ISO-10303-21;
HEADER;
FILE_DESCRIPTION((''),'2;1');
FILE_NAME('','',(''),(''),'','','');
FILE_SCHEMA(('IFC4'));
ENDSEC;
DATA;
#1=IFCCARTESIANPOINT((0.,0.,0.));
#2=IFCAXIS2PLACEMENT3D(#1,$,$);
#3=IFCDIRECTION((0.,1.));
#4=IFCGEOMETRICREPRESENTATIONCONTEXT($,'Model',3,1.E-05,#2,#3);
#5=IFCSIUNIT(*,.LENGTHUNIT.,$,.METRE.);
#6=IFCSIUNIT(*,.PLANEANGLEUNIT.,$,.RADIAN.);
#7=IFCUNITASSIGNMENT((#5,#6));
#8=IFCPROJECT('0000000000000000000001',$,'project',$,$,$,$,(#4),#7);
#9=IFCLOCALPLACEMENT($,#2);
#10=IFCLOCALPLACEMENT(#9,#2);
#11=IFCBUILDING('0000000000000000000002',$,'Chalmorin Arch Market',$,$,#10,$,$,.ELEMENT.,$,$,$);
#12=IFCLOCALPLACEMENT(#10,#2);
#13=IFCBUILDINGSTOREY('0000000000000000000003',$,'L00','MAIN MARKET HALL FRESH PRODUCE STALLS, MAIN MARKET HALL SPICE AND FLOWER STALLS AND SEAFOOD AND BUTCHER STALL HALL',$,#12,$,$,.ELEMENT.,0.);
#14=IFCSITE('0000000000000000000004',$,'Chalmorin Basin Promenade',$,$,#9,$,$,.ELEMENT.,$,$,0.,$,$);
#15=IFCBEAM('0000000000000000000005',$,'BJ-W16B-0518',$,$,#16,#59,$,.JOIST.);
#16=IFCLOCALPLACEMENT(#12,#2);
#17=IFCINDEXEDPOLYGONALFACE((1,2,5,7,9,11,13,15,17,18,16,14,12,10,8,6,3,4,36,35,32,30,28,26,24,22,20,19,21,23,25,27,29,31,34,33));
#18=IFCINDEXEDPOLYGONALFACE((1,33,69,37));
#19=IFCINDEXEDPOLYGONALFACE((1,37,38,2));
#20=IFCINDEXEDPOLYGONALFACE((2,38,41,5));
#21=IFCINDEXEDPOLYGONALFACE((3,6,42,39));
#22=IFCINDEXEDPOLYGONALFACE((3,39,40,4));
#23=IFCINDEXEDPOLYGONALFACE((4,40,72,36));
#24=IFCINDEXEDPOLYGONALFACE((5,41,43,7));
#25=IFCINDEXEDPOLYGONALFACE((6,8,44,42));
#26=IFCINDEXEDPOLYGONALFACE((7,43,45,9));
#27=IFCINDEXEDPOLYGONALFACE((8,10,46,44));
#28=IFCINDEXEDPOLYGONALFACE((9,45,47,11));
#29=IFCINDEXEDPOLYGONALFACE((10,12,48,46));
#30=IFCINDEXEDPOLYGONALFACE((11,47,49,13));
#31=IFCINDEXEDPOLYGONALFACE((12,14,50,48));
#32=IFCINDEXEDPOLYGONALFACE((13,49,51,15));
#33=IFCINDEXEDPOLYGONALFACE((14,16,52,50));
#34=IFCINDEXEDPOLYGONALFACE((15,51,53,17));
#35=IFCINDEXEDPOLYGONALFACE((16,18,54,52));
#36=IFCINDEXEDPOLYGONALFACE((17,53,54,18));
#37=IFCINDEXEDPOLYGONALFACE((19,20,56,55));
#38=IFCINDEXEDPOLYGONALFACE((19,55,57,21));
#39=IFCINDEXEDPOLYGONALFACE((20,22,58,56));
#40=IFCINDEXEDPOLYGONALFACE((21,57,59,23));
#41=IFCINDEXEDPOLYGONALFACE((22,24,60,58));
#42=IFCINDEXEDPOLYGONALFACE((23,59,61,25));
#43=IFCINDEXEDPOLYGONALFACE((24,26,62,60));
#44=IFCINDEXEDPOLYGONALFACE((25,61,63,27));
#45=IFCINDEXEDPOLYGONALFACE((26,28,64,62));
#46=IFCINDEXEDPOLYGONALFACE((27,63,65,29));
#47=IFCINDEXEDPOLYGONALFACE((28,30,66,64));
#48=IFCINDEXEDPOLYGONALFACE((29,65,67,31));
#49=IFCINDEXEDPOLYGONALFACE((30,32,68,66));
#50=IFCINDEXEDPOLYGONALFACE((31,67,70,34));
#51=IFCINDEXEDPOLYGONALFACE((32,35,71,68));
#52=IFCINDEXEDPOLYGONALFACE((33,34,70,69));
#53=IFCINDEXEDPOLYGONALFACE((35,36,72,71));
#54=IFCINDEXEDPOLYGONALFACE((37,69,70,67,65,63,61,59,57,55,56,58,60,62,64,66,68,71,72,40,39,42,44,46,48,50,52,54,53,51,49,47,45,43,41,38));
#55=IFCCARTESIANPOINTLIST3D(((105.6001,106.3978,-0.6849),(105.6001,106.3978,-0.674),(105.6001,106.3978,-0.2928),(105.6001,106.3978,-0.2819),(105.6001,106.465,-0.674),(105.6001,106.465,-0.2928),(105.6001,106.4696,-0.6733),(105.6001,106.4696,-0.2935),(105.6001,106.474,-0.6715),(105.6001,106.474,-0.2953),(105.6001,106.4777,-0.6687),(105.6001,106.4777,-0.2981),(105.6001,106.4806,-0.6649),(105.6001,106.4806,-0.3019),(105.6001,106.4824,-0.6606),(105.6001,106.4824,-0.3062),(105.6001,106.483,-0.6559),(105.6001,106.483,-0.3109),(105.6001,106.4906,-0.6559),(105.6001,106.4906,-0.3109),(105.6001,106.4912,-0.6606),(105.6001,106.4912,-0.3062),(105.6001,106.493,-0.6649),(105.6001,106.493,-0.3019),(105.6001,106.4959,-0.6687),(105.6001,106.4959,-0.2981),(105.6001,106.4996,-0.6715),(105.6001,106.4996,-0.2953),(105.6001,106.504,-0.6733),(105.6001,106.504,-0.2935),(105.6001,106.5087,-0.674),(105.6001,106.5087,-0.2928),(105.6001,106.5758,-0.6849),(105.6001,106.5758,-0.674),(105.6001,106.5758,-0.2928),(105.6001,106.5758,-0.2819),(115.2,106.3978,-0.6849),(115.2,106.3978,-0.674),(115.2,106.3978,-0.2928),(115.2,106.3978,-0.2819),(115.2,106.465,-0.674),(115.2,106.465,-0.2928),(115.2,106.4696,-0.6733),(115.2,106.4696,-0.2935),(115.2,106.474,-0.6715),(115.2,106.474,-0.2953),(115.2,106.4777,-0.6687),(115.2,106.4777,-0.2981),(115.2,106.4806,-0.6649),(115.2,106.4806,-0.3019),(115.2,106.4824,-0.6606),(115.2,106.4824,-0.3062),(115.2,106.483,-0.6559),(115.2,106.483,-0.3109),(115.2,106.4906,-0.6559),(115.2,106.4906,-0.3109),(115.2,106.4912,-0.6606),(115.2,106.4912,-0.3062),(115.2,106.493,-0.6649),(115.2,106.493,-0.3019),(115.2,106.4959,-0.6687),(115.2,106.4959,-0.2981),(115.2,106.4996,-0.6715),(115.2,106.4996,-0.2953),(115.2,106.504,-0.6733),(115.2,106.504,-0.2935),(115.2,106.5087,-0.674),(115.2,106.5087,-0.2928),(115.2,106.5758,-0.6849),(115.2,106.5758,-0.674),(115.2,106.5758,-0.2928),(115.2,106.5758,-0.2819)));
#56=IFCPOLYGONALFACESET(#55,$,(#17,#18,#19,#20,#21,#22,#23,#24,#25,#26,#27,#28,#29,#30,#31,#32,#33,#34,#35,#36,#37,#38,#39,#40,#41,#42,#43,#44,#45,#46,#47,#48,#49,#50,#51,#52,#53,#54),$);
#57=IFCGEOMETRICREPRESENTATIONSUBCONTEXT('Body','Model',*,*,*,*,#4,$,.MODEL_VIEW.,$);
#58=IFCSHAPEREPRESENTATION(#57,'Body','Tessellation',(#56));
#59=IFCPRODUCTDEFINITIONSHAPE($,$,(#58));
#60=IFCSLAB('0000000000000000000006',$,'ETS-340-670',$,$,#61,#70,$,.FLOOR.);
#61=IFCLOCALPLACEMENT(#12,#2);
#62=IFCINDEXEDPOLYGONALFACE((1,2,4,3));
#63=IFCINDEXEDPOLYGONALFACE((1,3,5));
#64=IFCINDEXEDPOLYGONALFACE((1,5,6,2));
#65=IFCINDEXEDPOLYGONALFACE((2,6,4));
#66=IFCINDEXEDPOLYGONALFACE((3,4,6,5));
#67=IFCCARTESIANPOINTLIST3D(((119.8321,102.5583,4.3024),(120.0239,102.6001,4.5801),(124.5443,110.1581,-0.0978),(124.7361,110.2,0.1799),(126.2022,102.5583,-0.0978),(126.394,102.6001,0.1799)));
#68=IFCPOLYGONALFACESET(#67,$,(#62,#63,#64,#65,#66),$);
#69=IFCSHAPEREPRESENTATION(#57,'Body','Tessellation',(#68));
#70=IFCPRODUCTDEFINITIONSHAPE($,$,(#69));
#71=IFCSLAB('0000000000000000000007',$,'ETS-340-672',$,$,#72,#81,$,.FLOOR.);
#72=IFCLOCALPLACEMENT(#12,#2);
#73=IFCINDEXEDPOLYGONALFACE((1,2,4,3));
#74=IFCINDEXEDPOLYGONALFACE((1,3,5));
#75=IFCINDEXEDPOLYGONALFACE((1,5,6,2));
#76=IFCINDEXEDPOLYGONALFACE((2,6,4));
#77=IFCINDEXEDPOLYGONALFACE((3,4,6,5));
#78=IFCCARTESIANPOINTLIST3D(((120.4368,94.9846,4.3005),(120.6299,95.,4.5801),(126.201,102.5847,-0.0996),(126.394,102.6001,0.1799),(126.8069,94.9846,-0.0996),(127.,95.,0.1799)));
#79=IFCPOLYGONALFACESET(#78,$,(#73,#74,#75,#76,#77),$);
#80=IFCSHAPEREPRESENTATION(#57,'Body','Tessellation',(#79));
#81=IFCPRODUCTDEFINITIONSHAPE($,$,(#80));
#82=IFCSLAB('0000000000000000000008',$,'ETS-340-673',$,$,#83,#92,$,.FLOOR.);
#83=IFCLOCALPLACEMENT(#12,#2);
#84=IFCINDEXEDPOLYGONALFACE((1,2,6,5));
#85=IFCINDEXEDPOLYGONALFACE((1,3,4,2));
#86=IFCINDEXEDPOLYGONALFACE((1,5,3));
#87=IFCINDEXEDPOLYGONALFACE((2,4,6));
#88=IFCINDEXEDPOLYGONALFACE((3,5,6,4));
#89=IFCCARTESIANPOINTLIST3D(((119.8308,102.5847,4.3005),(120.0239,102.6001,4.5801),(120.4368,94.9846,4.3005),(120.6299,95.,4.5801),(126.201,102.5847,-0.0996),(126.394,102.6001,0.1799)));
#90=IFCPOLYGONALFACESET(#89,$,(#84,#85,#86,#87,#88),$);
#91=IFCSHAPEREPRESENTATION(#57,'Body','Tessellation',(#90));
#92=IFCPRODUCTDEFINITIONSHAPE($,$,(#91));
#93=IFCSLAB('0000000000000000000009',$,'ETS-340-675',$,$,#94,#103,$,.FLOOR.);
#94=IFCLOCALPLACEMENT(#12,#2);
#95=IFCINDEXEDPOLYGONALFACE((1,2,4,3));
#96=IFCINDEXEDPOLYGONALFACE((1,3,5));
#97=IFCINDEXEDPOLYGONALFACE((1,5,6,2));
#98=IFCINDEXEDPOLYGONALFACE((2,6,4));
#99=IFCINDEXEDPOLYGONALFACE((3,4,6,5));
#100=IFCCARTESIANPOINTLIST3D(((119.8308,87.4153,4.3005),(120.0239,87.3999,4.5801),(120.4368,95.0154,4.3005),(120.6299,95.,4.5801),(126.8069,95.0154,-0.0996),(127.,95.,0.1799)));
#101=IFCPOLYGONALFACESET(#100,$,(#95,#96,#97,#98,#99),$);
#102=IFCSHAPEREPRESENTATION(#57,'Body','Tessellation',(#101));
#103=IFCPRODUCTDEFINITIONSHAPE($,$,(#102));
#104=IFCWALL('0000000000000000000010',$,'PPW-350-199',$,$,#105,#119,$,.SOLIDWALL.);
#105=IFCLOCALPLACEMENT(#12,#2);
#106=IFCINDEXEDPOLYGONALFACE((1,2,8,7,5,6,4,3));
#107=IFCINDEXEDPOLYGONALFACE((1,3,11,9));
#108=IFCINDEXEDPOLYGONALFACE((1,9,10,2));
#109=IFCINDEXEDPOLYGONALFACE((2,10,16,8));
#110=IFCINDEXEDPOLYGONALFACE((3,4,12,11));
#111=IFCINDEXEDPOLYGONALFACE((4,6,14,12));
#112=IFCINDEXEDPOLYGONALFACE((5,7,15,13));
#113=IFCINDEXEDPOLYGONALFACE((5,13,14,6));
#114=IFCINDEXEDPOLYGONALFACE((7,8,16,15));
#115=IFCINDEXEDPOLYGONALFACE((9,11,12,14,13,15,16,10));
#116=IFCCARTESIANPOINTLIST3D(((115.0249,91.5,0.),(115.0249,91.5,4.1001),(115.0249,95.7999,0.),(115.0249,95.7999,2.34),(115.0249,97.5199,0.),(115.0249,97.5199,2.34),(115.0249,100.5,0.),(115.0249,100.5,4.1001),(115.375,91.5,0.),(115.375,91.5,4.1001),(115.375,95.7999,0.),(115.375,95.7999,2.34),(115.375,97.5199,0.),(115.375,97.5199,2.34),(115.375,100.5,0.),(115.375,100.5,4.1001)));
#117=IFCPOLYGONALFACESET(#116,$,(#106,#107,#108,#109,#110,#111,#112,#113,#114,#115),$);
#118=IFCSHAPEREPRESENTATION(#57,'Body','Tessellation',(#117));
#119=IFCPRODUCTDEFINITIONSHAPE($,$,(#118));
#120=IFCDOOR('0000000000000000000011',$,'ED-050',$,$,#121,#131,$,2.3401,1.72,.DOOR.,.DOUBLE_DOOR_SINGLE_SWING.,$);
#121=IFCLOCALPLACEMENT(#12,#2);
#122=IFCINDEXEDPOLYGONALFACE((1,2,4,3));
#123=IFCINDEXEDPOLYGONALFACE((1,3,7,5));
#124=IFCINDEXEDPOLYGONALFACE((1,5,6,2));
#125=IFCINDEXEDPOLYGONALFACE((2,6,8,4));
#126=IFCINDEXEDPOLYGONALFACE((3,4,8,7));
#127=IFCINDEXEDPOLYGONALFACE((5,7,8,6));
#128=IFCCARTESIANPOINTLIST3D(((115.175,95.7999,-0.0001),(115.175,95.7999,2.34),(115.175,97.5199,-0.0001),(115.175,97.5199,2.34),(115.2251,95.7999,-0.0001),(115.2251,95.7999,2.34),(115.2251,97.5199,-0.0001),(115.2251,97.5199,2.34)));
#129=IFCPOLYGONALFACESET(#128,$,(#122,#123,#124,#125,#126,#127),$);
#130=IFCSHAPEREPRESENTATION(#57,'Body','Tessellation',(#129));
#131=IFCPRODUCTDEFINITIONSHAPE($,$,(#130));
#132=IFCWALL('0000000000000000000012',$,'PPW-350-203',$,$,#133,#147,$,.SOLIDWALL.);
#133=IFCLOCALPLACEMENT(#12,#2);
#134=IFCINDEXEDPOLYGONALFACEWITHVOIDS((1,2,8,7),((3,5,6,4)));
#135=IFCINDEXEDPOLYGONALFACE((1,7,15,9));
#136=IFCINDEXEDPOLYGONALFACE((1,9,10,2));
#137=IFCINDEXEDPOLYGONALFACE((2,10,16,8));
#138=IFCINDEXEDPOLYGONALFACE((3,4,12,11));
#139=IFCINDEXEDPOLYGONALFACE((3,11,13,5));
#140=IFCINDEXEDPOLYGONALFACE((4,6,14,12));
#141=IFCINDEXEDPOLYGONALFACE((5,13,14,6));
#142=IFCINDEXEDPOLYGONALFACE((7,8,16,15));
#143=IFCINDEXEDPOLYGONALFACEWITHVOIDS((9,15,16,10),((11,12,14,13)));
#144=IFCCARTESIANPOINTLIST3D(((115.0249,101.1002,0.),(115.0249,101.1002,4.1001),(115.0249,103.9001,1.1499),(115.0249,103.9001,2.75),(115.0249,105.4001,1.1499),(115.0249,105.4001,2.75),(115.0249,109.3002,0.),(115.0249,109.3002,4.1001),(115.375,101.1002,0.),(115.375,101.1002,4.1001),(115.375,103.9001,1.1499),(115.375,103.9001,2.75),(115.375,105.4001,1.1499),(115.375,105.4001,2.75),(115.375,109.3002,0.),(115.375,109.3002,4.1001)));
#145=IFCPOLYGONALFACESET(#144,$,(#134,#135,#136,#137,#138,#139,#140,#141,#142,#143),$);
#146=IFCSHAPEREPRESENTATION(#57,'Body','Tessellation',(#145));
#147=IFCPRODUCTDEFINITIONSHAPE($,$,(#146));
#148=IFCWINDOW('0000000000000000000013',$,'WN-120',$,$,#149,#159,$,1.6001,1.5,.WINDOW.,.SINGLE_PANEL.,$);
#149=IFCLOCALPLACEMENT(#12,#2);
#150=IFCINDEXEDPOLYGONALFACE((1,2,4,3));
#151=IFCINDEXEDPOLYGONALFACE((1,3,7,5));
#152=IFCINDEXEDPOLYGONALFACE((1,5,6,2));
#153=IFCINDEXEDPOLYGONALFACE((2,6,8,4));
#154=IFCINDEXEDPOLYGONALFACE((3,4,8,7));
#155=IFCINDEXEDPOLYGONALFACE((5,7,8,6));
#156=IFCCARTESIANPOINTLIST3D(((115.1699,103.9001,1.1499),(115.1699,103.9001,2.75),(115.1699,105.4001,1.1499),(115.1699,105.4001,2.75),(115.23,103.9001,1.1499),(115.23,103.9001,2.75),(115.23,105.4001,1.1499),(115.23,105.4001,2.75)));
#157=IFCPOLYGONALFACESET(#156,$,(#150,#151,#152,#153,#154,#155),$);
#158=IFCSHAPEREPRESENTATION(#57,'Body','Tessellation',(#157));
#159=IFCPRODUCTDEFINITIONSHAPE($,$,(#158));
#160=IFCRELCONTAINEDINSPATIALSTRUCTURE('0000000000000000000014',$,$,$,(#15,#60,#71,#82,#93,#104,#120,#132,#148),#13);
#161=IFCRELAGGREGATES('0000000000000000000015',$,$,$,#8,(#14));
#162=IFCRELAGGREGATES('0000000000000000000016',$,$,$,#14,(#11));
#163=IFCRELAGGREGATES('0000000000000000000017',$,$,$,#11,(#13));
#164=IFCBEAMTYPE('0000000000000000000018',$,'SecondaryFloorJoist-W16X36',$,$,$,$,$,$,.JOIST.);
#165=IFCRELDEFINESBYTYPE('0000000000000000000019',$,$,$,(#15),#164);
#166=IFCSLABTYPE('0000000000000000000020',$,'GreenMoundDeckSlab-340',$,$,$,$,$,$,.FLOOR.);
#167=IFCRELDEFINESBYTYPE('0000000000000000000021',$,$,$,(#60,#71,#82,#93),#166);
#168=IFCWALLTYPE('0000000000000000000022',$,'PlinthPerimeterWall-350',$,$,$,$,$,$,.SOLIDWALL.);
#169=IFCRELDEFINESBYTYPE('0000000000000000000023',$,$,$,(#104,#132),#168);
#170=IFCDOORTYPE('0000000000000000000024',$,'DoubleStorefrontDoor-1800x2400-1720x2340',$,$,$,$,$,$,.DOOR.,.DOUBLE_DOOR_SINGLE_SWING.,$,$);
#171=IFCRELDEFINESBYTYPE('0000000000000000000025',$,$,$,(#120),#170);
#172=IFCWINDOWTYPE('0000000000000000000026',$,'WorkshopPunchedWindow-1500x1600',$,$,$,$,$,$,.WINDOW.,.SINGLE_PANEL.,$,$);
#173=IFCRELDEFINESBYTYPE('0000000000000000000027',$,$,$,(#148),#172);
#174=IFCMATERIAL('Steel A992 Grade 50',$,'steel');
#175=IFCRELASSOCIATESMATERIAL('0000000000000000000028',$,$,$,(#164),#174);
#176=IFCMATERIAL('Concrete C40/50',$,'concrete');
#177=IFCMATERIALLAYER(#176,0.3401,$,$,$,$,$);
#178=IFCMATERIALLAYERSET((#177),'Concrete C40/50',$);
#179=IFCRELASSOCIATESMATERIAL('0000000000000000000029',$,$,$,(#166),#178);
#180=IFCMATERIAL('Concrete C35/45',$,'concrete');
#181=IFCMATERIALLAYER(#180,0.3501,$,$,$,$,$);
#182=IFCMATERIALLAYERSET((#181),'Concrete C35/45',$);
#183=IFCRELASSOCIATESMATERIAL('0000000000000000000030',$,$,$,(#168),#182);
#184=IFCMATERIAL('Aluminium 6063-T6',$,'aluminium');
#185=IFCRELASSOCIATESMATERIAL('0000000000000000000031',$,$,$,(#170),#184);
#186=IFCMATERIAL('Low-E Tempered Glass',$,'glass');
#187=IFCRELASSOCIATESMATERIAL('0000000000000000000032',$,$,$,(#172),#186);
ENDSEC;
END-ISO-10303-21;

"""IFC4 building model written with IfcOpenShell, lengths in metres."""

from ifc_helpers import new_model, si_unit, direction, frame, frame_2d, origin, origin_2d, place, context, subcontext, project, spatial, polyline, rectangle, i_section, outline, extrude, material, layer, layer_set, material_profile, profile_set, type_object, element, fill, save


model = new_model("IFC4")

# Units and contexts
model_context = context("Model", 3, precision=1e-05, world=origin(), true_north=direction((0.0, 1.0)))
body_context = subcontext(model_context, "Body", "Model", "MODEL_VIEW")
ifc_project = project(units=[si_unit("LENGTHUNIT", "METRE"), si_unit("PLANEANGLEUNIT", "RADIAN")], contexts=[model_context])

# Site, building, storey
site_placement = place(None, origin())
site = spatial("IfcSite", under=ifc_project, at=site_placement, Name="Chalmorin Basin Promenade", CompositionType="ELEMENT", RefElevation=0.0)
building_placement = place(site_placement, origin())
building = spatial("IfcBuilding", under=site, at=building_placement, Name="Chalmorin Arch Market", CompositionType="ELEMENT")
storey_placement = place(building_placement, origin())
storey = spatial("IfcBuildingStorey", under=building, at=storey_placement, Name="L00", Description="MAIN MARKET HALL FRESH PRODUCE STALLS, MAIN MARKET HALL SPICE AND FLOWER STALLS AND SEAFOOD AND BUTCHER STALL HALL", CompositionType="ELEMENT", Elevation=0.0)

# Shared definitions
ifc_material_1 = material(Name="Concrete C40/50", Category="concrete")

# Beam
ifc_material_2 = material(Name="Steel A992 Grade 50", Category="steel")
ifc_material_profile_1 = material_profile(ifc_material_2, i_section(OverallWidth=0.178, OverallDepth=0.4031, WebThickness=0.0076, FlangeThickness=0.011, FilletRadius=0.0181, at=origin_2d()), Name="W16X36")
ifc_profile_set_1 = profile_set([ifc_material_profile_1], Name="Steel A992 Grade 50")
beam_type_1 = type_object("IfcBeamType", Name="SecondaryFloorJoist-W16X36", PredefinedType="JOIST", material=ifc_profile_set_1)
for number, where, z_axis, x_axis, name in (
    (1, (105.6001, 106.4868, -0.4834), (1.0, 0.0, 0.0), (0.0, 1.0, 0.0), "BJ-W16B-0518"),
):
    element("IfcBeam", number, at=place(storey_placement, frame(where, z_axis=z_axis, x_axis=x_axis)), inside=storey, type_object=beam_type_1, Name=name, PredefinedType="JOIST", context=body_context, shape_type="SweptSolid", body=[
        extrude(i_section(OverallWidth=0.178, OverallDepth=0.4031, WebThickness=0.0076, FlangeThickness=0.011, FilletRadius=0.0181, at=origin_2d()), origin(), (0.0, 0.0, 1.0), 9.5999),
    ])

# Slabs
ifc_layer_1 = layer(ifc_material_1, 0.3401)
ifc_layer_set_1 = layer_set([ifc_layer_1], Name="Concrete C40/50")
slab_type = type_object("IfcSlabType", Name="GreenMoundDeckSlab-340", PredefinedType="FLOOR", material=ifc_layer_set_1)
slab_1_placement = place(storey_placement, frame((120.0239, 102.6001, 4.5801), z_axis=(0.564023, 0.123045, 0.81654), x_axis=(0.822792, 0.0, -0.568342)))
element("IfcSlab", 2, at=slab_1_placement, inside=storey, type_object=slab_type, Name="ETS-340-670", PredefinedType="FLOOR", context=body_context, shape_type="SweptSolid", body=[
    extrude(outline(polyline([(0.0, 0.0), (7.7421, 0.0), (6.3779, 7.658), (0.0, 0.0)])), origin(), (0.0, 0.0, -1.0), 0.3401),
])
slab_2_placement = place(storey_placement, frame((120.6299, 95.0, 4.5801), z_axis=(0.56776, 0.045268, 0.821949), x_axis=(0.822792, 0.0, -0.568342)))
element("IfcSlab", 3, at=slab_2_placement, inside=storey, type_object=slab_type, Name="ETS-340-672", PredefinedType="FLOOR", context=body_context, shape_type="SweptSolid", body=[
    extrude(outline(polyline([(0.0, 0.0), (7.7421, 0.0), (7.2435, 7.6079), (0.0, 0.0)])), origin(), (0.0, 0.0, -1.0), 0.3401),
])
slab_3_placement = place(storey_placement, frame((120.0239, 102.6001, 4.5801), z_axis=(0.56776, 0.045268, 0.821949), x_axis=(0.079478, -0.996837, 0.0)))
element("IfcSlab", 4, at=slab_3_placement, inside=storey, type_object=slab_type, Name="ETS-340-673", PredefinedType="FLOOR", context=body_context, shape_type="SweptSolid", body=[
    extrude(outline(polyline([(0.0, 0.0), (7.6242, 0.0), (0.5063, 7.7255), (0.0, 0.0)])), origin(), (0.0, 0.0, -1.0), 0.3401),
])
slab_4_placement = place(storey_placement, frame((120.6299, 95.0, 4.5801), z_axis=(0.56776, -0.045268, 0.821949), x_axis=(-0.079478, -0.996837, 0.0)))
element("IfcSlab", 5, at=slab_4_placement, inside=storey, type_object=slab_type, Name="ETS-340-675", PredefinedType="FLOOR", context=body_context, shape_type="SweptSolid", body=[
    extrude(outline(polyline([(0.0, 0.0), (7.6242, 0.0), (-0.5063, 7.7255), (0.0, 0.0)])), origin(), (0.0, 0.0, -1.0), 0.3401),
])

# Wall, opening, door
ifc_material_3 = material(Name="Concrete C35/45", Category="concrete")
ifc_layer_2 = layer(ifc_material_3, 0.3501)
ifc_layer_set_2 = layer_set([ifc_layer_2], Name="Concrete C35/45")
wall_type = type_object("IfcWallType", Name="PlinthPerimeterWall-350", PredefinedType="SOLIDWALL", material=ifc_layer_set_2)
wall_1_placement = place(storey_placement, frame((115.2, 91.5, 0.0), z_axis=(0.0, 0.0, 1.0), x_axis=(0.0, 1.0, 0.0)))
wall_1 = element("IfcWall", 6, at=wall_1_placement, inside=storey, type_object=wall_type, Name="PPW-350-199", PredefinedType="SOLIDWALL", context=body_context, shape_type="SweptSolid", body=[
    extrude(rectangle(XDim=9.0, YDim=0.3501, at=frame_2d((4.5, 0.0))), origin(), (0.0, 0.0, 1.0), 4.1001),
])
opening_1_placement = place(wall_1_placement, frame((4.3, 0.0, 0.0)))
opening_1 = element("IfcOpeningElement", 7, at=opening_1_placement, cuts=wall_1, PredefinedType="OPENING", context=body_context, shape_type="SweptSolid", body=[
    extrude(rectangle(XDim=1.72, YDim=2.3401, at=frame_2d((0.8599, 1.1699))), frame((0.0, 0.1851, 0.0), z_axis=(0.0, -1.0, 0.0), x_axis=(1.0, 0.0, 0.0)), (0.0, 0.0, 1.0), 0.3701),
])
ifc_material_4 = material(Name="Aluminium 6063-T6", Category="aluminium")
door_type = type_object("IfcDoorType", Name="DoubleStorefrontDoor-1800x2400-1720x2340", OperationType="DOUBLE_DOOR_SINGLE_SWING", PredefinedType="DOOR", material=ifc_material_4)
door_placement = place(opening_1_placement, origin())
door = element("IfcDoor", 8, at=door_placement, inside=storey, type_object=door_type, Name="ED-050", OperationType="DOUBLE_DOOR_SINGLE_SWING", OverallHeight=2.3401, OverallWidth=1.72, PredefinedType="DOOR", context=body_context, shape_type="SweptSolid", body=[
    extrude(rectangle(XDim=1.72, YDim=2.3401, at=frame_2d((0.8599, 1.1699))), frame((0.0, 0.0249, 0.0), z_axis=(0.0, -1.0, 0.0), x_axis=(1.0, 0.0, 0.0)), (0.0, 0.0, 1.0), 0.05),
])
fill(opening_1, door)

# Wall, opening, window
wall_2_placement = place(storey_placement, frame((115.2, 101.1001, 0.0), z_axis=(0.0, 0.0, 1.0), x_axis=(0.0, 1.0, 0.0)))
wall_2 = element("IfcWall", 9, at=wall_2_placement, inside=storey, type_object=wall_type, Name="PPW-350-203", PredefinedType="SOLIDWALL", context=body_context, shape_type="SweptSolid", body=[
    extrude(rectangle(XDim=8.2, YDim=0.3501, at=frame_2d((4.1001, 0.0))), origin(), (0.0, 0.0, 1.0), 4.1001),
])
opening_2_placement = place(wall_2_placement, frame((2.8, 0.0, 1.1499)))
opening_2 = element("IfcOpeningElement", 10, at=opening_2_placement, cuts=wall_2, PredefinedType="OPENING", context=body_context, shape_type="SweptSolid", body=[
    extrude(rectangle(XDim=1.5, YDim=1.6001, at=frame_2d((0.75, 0.8))), frame((0.0, 0.1851, 0.0), z_axis=(0.0, -1.0, 0.0), x_axis=(1.0, 0.0, 0.0)), (0.0, 0.0, 1.0), 0.3701),
])
ifc_material_5 = material(Name="Low-E Tempered Glass", Category="glass")
window_type = type_object("IfcWindowType", Name="WorkshopPunchedWindow-1500x1600", PartitioningType="SINGLE_PANEL", PredefinedType="WINDOW", material=ifc_material_5)
window_placement = place(opening_2_placement, origin())
window = element("IfcWindow", 11, at=window_placement, inside=storey, type_object=window_type, Name="WN-120", OverallHeight=1.6001, OverallWidth=1.5, PartitioningType="SINGLE_PANEL", PredefinedType="WINDOW", context=body_context, shape_type="SweptSolid", body=[
    extrude(rectangle(XDim=1.5, YDim=1.6001, at=frame_2d((0.75, 0.8))), frame((0.0, 0.03, 0.0), z_axis=(0.0, -1.0, 0.0), x_axis=(1.0, 0.0, 0.0)), (0.0, 0.0, 1.0), 0.0601),
])
fill(opening_2, window)

save(model, "model.ifc")
